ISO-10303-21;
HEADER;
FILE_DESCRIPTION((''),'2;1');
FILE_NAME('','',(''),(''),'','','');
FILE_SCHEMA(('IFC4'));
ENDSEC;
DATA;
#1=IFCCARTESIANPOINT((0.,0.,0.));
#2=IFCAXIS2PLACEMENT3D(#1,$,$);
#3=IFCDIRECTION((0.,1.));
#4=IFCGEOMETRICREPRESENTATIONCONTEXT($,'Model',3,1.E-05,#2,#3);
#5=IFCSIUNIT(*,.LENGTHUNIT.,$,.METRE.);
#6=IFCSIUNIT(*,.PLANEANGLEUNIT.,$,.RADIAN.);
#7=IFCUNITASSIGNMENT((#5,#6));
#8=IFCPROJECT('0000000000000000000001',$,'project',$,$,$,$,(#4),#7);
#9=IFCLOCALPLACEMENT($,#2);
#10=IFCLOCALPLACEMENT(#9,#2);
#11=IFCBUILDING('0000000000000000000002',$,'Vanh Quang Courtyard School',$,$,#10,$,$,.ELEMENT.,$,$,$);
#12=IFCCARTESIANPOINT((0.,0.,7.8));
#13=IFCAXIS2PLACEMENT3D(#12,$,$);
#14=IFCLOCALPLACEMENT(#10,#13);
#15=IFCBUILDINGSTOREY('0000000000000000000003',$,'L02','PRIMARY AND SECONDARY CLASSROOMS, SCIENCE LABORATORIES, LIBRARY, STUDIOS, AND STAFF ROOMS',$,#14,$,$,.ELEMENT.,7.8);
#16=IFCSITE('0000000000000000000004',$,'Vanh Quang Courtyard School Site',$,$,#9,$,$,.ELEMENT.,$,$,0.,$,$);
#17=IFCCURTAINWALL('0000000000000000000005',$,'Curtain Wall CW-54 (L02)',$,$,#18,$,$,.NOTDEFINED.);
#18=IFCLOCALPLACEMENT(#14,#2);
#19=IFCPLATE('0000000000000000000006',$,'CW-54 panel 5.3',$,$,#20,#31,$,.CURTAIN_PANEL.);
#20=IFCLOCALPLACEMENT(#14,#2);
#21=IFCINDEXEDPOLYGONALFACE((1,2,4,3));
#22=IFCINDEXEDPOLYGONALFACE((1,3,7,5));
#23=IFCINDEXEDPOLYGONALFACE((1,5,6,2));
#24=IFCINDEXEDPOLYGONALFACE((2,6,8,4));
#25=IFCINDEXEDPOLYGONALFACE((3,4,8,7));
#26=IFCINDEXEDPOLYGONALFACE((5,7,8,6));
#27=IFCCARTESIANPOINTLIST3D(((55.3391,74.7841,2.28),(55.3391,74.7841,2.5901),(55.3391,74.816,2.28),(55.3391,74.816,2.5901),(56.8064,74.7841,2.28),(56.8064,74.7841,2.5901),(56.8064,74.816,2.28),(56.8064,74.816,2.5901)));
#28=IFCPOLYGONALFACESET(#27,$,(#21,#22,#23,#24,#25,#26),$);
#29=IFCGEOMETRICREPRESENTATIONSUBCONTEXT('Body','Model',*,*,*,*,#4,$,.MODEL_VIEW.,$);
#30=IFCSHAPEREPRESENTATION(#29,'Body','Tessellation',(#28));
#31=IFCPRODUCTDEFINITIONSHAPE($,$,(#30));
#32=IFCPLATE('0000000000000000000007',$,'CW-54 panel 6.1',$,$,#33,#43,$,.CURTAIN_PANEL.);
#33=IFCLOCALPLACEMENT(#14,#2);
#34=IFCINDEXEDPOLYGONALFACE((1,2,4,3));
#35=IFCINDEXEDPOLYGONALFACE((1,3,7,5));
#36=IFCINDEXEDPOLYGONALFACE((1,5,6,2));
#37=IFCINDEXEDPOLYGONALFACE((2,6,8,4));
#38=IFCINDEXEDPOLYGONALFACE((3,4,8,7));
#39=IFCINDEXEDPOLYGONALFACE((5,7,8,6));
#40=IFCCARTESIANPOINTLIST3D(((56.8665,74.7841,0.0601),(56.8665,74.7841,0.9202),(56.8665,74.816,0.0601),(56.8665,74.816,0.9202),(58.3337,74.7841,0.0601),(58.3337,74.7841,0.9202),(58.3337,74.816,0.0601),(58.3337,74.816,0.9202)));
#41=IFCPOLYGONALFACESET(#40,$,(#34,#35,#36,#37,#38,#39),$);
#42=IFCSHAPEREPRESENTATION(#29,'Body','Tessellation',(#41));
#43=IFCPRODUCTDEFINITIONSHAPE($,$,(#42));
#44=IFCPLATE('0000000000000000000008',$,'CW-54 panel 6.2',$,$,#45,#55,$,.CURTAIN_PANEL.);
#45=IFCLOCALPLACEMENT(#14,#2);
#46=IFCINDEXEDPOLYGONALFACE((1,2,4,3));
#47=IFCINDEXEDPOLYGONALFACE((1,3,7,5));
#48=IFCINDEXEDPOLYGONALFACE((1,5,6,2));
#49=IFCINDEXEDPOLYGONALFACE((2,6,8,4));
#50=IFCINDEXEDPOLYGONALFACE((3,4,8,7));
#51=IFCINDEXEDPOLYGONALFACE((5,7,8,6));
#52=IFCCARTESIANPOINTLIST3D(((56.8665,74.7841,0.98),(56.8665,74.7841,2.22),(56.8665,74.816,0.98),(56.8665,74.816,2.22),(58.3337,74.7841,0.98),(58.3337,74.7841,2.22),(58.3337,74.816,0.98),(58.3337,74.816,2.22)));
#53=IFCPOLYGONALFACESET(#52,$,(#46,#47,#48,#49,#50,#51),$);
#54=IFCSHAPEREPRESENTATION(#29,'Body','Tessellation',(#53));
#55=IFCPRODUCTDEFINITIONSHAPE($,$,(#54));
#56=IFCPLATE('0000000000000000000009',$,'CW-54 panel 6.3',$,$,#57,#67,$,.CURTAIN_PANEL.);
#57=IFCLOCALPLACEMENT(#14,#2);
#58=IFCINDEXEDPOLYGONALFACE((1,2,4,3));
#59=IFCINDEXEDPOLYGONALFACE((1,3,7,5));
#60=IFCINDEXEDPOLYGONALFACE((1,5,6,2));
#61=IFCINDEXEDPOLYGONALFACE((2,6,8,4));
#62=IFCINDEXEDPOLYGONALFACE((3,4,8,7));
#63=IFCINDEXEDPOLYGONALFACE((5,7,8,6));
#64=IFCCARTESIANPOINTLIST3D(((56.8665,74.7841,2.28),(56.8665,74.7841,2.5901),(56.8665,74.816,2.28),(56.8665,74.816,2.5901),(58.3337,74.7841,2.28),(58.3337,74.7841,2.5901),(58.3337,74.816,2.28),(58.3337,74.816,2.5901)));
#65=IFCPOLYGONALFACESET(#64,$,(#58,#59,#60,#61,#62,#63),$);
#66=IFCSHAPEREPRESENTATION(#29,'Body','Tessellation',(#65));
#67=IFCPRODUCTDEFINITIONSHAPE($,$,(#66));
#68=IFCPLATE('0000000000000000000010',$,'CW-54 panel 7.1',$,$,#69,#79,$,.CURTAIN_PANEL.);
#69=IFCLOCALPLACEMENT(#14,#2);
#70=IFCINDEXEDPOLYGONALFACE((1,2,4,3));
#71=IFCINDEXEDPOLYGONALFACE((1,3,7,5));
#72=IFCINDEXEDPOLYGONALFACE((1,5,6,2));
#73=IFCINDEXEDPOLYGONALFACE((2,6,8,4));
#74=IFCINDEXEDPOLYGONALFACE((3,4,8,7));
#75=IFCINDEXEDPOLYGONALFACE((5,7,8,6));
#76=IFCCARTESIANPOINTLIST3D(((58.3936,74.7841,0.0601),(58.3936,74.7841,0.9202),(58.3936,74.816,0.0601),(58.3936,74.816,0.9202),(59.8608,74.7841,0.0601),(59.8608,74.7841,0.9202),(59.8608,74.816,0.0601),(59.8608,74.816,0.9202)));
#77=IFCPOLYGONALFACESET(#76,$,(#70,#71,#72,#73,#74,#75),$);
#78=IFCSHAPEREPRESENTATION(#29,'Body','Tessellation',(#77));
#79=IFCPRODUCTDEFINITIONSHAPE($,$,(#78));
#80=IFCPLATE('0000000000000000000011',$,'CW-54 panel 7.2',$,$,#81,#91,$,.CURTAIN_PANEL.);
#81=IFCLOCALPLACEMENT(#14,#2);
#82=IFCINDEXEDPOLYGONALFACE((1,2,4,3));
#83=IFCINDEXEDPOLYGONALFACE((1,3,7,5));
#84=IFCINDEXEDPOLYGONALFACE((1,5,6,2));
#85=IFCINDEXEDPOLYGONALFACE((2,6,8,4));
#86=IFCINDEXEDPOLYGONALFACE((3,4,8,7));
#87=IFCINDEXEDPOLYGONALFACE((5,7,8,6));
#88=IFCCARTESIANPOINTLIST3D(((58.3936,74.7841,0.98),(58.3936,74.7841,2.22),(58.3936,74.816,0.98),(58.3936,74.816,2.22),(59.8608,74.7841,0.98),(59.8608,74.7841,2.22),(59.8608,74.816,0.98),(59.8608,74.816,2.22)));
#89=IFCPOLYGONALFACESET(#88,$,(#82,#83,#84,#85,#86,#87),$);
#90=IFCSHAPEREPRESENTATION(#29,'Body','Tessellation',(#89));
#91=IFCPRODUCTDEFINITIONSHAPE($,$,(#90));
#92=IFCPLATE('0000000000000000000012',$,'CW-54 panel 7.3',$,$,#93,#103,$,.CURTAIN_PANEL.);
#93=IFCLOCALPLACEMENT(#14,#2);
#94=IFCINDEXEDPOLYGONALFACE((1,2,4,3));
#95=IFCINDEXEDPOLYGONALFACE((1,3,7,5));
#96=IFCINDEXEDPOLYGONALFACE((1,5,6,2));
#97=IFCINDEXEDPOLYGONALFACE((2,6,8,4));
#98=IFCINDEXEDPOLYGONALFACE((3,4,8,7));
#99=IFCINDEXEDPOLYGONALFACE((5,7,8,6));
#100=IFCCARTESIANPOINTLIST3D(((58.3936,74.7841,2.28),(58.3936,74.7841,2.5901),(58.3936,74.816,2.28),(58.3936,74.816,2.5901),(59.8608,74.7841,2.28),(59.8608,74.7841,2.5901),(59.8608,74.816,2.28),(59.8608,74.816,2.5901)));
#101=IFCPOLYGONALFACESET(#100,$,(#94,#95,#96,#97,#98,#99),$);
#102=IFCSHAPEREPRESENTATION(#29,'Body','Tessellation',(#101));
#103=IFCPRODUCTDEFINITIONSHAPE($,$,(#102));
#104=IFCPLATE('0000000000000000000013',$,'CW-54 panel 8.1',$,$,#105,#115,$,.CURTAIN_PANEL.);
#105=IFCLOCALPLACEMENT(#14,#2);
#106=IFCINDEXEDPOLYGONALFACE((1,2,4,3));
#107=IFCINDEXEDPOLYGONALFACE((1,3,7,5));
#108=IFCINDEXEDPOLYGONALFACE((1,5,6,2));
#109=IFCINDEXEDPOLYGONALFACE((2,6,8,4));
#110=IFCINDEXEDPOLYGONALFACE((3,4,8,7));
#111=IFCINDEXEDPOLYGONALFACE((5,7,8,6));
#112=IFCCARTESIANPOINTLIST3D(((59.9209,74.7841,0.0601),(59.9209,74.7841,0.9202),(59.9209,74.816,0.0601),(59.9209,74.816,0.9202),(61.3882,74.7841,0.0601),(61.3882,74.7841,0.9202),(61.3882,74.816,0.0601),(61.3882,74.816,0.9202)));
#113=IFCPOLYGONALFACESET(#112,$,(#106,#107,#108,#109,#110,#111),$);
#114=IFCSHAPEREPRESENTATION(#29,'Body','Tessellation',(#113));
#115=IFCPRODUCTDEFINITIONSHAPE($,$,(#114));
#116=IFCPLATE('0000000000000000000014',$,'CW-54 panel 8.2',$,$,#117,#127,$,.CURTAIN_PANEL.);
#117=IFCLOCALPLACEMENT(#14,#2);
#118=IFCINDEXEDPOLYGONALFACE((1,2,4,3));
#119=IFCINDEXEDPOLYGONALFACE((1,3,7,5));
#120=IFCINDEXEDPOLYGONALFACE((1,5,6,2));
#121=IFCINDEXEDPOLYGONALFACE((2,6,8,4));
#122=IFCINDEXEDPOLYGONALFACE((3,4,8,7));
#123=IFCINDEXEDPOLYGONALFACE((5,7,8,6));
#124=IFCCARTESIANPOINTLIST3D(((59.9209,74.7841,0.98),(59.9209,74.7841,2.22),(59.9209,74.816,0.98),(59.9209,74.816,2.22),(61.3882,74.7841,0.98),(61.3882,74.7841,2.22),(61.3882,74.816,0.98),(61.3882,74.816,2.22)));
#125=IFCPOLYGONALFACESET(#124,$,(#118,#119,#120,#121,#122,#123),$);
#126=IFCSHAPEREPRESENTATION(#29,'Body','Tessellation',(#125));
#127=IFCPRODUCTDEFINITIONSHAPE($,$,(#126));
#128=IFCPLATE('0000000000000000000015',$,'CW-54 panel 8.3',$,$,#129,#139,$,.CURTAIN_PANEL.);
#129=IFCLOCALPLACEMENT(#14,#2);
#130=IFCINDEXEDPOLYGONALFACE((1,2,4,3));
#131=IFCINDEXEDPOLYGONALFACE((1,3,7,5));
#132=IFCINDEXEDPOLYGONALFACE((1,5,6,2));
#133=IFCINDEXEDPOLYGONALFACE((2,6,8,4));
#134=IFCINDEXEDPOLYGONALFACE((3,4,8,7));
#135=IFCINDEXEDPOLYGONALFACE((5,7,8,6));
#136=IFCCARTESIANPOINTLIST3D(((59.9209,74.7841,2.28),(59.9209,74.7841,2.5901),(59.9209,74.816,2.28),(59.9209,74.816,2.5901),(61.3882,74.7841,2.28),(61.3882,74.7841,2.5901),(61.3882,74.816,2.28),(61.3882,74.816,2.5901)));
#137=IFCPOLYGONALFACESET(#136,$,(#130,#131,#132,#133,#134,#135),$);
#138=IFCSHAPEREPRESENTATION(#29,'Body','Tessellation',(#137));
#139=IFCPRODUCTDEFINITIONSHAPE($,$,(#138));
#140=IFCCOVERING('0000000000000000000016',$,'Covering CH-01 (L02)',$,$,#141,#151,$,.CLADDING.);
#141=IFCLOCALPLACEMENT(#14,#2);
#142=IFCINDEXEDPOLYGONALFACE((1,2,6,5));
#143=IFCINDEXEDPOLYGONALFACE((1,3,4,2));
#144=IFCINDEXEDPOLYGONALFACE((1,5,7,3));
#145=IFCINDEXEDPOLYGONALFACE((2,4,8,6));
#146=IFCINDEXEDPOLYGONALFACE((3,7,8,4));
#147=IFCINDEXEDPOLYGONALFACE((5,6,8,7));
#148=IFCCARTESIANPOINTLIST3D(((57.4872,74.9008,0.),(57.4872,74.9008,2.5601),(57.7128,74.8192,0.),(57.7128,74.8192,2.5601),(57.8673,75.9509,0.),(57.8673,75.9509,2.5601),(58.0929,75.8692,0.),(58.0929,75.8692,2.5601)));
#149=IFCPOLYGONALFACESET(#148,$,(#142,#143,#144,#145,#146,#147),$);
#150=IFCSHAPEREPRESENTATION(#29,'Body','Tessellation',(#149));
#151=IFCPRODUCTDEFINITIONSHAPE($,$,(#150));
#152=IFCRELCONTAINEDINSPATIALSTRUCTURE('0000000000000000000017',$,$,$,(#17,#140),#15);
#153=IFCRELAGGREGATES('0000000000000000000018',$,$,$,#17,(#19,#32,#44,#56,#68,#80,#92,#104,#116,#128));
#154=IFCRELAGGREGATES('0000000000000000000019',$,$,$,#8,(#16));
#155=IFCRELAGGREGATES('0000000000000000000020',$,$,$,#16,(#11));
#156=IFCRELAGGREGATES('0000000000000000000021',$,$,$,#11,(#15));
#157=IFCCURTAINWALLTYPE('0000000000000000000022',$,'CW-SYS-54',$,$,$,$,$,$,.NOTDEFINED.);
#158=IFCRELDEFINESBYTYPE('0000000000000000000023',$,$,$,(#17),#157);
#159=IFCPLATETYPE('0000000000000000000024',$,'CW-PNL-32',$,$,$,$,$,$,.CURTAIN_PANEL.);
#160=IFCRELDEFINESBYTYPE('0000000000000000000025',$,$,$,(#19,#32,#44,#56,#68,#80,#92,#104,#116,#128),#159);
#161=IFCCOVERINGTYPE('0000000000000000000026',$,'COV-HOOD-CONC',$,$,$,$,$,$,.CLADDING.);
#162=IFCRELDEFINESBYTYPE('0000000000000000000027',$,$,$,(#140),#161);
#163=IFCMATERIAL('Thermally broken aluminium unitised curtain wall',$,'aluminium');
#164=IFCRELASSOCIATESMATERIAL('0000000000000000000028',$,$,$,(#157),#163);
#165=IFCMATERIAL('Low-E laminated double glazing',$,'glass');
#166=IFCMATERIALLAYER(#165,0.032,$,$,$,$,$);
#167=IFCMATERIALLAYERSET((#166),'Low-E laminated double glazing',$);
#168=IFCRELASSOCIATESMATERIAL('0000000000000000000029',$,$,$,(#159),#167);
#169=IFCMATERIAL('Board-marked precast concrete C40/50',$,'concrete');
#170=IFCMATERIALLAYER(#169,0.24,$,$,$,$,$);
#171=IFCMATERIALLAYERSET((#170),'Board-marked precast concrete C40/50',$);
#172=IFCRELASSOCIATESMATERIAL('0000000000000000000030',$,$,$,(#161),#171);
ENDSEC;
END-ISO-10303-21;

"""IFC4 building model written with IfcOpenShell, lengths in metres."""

from ifc_helpers import new_model, si_unit, direction, frame, origin, origin_2d, place, context, subcontext, project, spatial, rectangle, extrude, material, layer, layer_set, type_object, element, aggregate, save


model = new_model("IFC4")

# Units and contexts
model_context = context("Model", 3, precision=1e-05, world=origin(), true_north=direction((0.0, 1.0)))
body_context = subcontext(model_context, "Body", "Model", "MODEL_VIEW")
ifc_project = project(units=[si_unit("LENGTHUNIT", "METRE"), si_unit("PLANEANGLEUNIT", "RADIAN")], contexts=[model_context])

# Site, building, storey
site_placement = place(None, origin())
site = spatial("IfcSite", under=ifc_project, at=site_placement, Name="Vanh Quang Courtyard School Site", CompositionType="ELEMENT", RefElevation=0.0)
building_placement = place(site_placement, origin())
building = spatial("IfcBuilding", under=site, at=building_placement, Name="Vanh Quang Courtyard School", CompositionType="ELEMENT")
storey_placement = place(building_placement, frame((0.0, 0.0, 7.8)))
storey = spatial("IfcBuildingStorey", under=building, at=storey_placement, Name="L02", Description="PRIMARY AND SECONDARY CLASSROOMS, SCIENCE LABORATORIES, LIBRARY, STUDIOS, AND STAFF ROOMS", CompositionType="ELEMENT", Elevation=7.8)

# Curtain wall, plates
ifc_material_1 = material(Name="Thermally broken aluminium unitised curtain wall", Category="aluminium")
curtain_wall_type = type_object("IfcCurtainWallType", Name="CW-SYS-54", PredefinedType="NOTDEFINED", material=ifc_material_1)
curtain_wall_placement = place(storey_placement, origin())
curtain_wall = element("IfcCurtainWall", 1, at=curtain_wall_placement, inside=storey, type_object=curtain_wall_type, Name="Curtain Wall CW-54 (L02)", PredefinedType="NOTDEFINED")
ifc_material_2 = material(Name="Low-E laminated double glazing", Category="glass")
ifc_layer_1 = layer(ifc_material_2, 0.032)
ifc_layer_set_1 = layer_set([ifc_layer_1], Name="Low-E laminated double glazing")
plate_type = type_object("IfcPlateType", Name="CW-PNL-32", PredefinedType="CURTAIN_PANEL", material=ifc_layer_set_1)
plate_1_placement = place(storey_placement, frame((56.0728, 74.8, 2.28), z_axis=(0.0, 0.0, 1.0), x_axis=(1.0, 0.0, 0.0)))
plate_1 = element("IfcPlate", 2, at=plate_1_placement, type_object=plate_type, Name="CW-54 panel 5.3", PredefinedType="CURTAIN_PANEL", context=body_context, shape_type="SweptSolid", body=[
    extrude(rectangle(XDim=1.4673, YDim=0.032, at=origin_2d()), origin(), (0.0, 0.0, 1.0), 0.3101),
])
plate_2_placement = place(storey_placement, frame((57.6001, 74.8, 0.0601), z_axis=(0.0, 0.0, 1.0), x_axis=(1.0, 0.0, 0.0)))
plate_2 = element("IfcPlate", 3, at=plate_2_placement, type_object=plate_type, Name="CW-54 panel 6.1", PredefinedType="CURTAIN_PANEL", context=body_context, shape_type="SweptSolid", body=[
    extrude(rectangle(XDim=1.4673, YDim=0.032, at=origin_2d()), origin(), (0.0, 0.0, 1.0), 0.8601),
])
plate_3_placement = place(storey_placement, frame((57.6001, 74.8, 0.98), z_axis=(0.0, 0.0, 1.0), x_axis=(1.0, 0.0, 0.0)))
plate_3 = element("IfcPlate", 4, at=plate_3_placement, type_object=plate_type, Name="CW-54 panel 6.2", PredefinedType="CURTAIN_PANEL", context=body_context, shape_type="SweptSolid", body=[
    extrude(rectangle(XDim=1.4673, YDim=0.032, at=origin_2d()), origin(), (0.0, 0.0, 1.0), 1.24),
])
plate_4_placement = place(storey_placement, frame((57.6001, 74.8, 2.28), z_axis=(0.0, 0.0, 1.0), x_axis=(1.0, 0.0, 0.0)))
plate_4 = element("IfcPlate", 5, at=plate_4_placement, type_object=plate_type, Name="CW-54 panel 6.3", PredefinedType="CURTAIN_PANEL", context=body_context, shape_type="SweptSolid", body=[
    extrude(rectangle(XDim=1.4673, YDim=0.032, at=origin_2d()), origin(), (0.0, 0.0, 1.0), 0.3101),
])
plate_5_placement = place(storey_placement, frame((59.1272, 74.8, 0.0601), z_axis=(0.0, 0.0, 1.0), x_axis=(1.0, 0.0, 0.0)))
plate_5 = element("IfcPlate", 6, at=plate_5_placement, type_object=plate_type, Name="CW-54 panel 7.1", PredefinedType="CURTAIN_PANEL", context=body_context, shape_type="SweptSolid", body=[
    extrude(rectangle(XDim=1.4673, YDim=0.032, at=origin_2d()), origin(), (0.0, 0.0, 1.0), 0.8601),
])
plate_6_placement = place(storey_placement, frame((59.1272, 74.8, 0.98), z_axis=(0.0, 0.0, 1.0), x_axis=(1.0, 0.0, 0.0)))
plate_6 = element("IfcPlate", 7, at=plate_6_placement, type_object=plate_type, Name="CW-54 panel 7.2", PredefinedType="CURTAIN_PANEL", context=body_context, shape_type="SweptSolid", body=[
    extrude(rectangle(XDim=1.4673, YDim=0.032, at=origin_2d()), origin(), (0.0, 0.0, 1.0), 1.24),
])
plate_7_placement = place(storey_placement, frame((59.1272, 74.8, 2.28), z_axis=(0.0, 0.0, 1.0), x_axis=(1.0, 0.0, 0.0)))
plate_7 = element("IfcPlate", 8, at=plate_7_placement, type_object=plate_type, Name="CW-54 panel 7.3", PredefinedType="CURTAIN_PANEL", context=body_context, shape_type="SweptSolid", body=[
    extrude(rectangle(XDim=1.4673, YDim=0.032, at=origin_2d()), origin(), (0.0, 0.0, 1.0), 0.3101),
])
plate_8_placement = place(storey_placement, frame((60.6545, 74.8, 0.0601), z_axis=(0.0, 0.0, 1.0), x_axis=(1.0, 0.0, 0.0)))
plate_8 = element("IfcPlate", 9, at=plate_8_placement, type_object=plate_type, Name="CW-54 panel 8.1", PredefinedType="CURTAIN_PANEL", context=body_context, shape_type="SweptSolid", body=[
    extrude(rectangle(XDim=1.4673, YDim=0.032, at=origin_2d()), origin(), (0.0, 0.0, 1.0), 0.8601),
])
plate_9_placement = place(storey_placement, frame((60.6545, 74.8, 0.98), z_axis=(0.0, 0.0, 1.0), x_axis=(1.0, 0.0, 0.0)))
plate_9 = element("IfcPlate", 10, at=plate_9_placement, type_object=plate_type, Name="CW-54 panel 8.2", PredefinedType="CURTAIN_PANEL", context=body_context, shape_type="SweptSolid", body=[
    extrude(rectangle(XDim=1.4673, YDim=0.032, at=origin_2d()), origin(), (0.0, 0.0, 1.0), 1.24),
])
plate_10_placement = place(storey_placement, frame((60.6545, 74.8, 2.28), z_axis=(0.0, 0.0, 1.0), x_axis=(1.0, 0.0, 0.0)))
plate_10 = element("IfcPlate", 11, at=plate_10_placement, type_object=plate_type, Name="CW-54 panel 8.3", PredefinedType="CURTAIN_PANEL", context=body_context, shape_type="SweptSolid", body=[
    extrude(rectangle(XDim=1.4673, YDim=0.032, at=origin_2d()), origin(), (0.0, 0.0, 1.0), 0.3101),
])
aggregate(curtain_wall, [plate_1, plate_2, plate_3, plate_4, plate_5, plate_6, plate_7, plate_8, plate_9, plate_10])

# Covering
ifc_material_3 = material(Name="Board-marked precast concrete C40/50", Category="concrete")
ifc_layer_2 = layer(ifc_material_3, 0.24)
ifc_layer_set_2 = layer_set([ifc_layer_2], Name="Board-marked precast concrete C40/50")
covering_type = type_object("IfcCoveringType", Name="COV-HOOD-CONC", PredefinedType="CLADDING", material=ifc_layer_set_2)
covering_placement = place(storey_placement, frame((57.79, 75.385, 0.0), z_axis=(0.0, 0.0, 1.0), x_axis=(0.34038, 0.940288, 0.0)))
element("IfcCovering", 12, at=covering_placement, inside=storey, type_object=covering_type, Name="Covering CH-01 (L02)", PredefinedType="CLADDING", context=body_context, shape_type="SweptSolid", body=[
    extrude(rectangle(XDim=1.1167, YDim=0.24, at=origin_2d()), origin(), (0.0, 0.0, 1.0), 2.5601),
])

save(model, "model.ifc")
